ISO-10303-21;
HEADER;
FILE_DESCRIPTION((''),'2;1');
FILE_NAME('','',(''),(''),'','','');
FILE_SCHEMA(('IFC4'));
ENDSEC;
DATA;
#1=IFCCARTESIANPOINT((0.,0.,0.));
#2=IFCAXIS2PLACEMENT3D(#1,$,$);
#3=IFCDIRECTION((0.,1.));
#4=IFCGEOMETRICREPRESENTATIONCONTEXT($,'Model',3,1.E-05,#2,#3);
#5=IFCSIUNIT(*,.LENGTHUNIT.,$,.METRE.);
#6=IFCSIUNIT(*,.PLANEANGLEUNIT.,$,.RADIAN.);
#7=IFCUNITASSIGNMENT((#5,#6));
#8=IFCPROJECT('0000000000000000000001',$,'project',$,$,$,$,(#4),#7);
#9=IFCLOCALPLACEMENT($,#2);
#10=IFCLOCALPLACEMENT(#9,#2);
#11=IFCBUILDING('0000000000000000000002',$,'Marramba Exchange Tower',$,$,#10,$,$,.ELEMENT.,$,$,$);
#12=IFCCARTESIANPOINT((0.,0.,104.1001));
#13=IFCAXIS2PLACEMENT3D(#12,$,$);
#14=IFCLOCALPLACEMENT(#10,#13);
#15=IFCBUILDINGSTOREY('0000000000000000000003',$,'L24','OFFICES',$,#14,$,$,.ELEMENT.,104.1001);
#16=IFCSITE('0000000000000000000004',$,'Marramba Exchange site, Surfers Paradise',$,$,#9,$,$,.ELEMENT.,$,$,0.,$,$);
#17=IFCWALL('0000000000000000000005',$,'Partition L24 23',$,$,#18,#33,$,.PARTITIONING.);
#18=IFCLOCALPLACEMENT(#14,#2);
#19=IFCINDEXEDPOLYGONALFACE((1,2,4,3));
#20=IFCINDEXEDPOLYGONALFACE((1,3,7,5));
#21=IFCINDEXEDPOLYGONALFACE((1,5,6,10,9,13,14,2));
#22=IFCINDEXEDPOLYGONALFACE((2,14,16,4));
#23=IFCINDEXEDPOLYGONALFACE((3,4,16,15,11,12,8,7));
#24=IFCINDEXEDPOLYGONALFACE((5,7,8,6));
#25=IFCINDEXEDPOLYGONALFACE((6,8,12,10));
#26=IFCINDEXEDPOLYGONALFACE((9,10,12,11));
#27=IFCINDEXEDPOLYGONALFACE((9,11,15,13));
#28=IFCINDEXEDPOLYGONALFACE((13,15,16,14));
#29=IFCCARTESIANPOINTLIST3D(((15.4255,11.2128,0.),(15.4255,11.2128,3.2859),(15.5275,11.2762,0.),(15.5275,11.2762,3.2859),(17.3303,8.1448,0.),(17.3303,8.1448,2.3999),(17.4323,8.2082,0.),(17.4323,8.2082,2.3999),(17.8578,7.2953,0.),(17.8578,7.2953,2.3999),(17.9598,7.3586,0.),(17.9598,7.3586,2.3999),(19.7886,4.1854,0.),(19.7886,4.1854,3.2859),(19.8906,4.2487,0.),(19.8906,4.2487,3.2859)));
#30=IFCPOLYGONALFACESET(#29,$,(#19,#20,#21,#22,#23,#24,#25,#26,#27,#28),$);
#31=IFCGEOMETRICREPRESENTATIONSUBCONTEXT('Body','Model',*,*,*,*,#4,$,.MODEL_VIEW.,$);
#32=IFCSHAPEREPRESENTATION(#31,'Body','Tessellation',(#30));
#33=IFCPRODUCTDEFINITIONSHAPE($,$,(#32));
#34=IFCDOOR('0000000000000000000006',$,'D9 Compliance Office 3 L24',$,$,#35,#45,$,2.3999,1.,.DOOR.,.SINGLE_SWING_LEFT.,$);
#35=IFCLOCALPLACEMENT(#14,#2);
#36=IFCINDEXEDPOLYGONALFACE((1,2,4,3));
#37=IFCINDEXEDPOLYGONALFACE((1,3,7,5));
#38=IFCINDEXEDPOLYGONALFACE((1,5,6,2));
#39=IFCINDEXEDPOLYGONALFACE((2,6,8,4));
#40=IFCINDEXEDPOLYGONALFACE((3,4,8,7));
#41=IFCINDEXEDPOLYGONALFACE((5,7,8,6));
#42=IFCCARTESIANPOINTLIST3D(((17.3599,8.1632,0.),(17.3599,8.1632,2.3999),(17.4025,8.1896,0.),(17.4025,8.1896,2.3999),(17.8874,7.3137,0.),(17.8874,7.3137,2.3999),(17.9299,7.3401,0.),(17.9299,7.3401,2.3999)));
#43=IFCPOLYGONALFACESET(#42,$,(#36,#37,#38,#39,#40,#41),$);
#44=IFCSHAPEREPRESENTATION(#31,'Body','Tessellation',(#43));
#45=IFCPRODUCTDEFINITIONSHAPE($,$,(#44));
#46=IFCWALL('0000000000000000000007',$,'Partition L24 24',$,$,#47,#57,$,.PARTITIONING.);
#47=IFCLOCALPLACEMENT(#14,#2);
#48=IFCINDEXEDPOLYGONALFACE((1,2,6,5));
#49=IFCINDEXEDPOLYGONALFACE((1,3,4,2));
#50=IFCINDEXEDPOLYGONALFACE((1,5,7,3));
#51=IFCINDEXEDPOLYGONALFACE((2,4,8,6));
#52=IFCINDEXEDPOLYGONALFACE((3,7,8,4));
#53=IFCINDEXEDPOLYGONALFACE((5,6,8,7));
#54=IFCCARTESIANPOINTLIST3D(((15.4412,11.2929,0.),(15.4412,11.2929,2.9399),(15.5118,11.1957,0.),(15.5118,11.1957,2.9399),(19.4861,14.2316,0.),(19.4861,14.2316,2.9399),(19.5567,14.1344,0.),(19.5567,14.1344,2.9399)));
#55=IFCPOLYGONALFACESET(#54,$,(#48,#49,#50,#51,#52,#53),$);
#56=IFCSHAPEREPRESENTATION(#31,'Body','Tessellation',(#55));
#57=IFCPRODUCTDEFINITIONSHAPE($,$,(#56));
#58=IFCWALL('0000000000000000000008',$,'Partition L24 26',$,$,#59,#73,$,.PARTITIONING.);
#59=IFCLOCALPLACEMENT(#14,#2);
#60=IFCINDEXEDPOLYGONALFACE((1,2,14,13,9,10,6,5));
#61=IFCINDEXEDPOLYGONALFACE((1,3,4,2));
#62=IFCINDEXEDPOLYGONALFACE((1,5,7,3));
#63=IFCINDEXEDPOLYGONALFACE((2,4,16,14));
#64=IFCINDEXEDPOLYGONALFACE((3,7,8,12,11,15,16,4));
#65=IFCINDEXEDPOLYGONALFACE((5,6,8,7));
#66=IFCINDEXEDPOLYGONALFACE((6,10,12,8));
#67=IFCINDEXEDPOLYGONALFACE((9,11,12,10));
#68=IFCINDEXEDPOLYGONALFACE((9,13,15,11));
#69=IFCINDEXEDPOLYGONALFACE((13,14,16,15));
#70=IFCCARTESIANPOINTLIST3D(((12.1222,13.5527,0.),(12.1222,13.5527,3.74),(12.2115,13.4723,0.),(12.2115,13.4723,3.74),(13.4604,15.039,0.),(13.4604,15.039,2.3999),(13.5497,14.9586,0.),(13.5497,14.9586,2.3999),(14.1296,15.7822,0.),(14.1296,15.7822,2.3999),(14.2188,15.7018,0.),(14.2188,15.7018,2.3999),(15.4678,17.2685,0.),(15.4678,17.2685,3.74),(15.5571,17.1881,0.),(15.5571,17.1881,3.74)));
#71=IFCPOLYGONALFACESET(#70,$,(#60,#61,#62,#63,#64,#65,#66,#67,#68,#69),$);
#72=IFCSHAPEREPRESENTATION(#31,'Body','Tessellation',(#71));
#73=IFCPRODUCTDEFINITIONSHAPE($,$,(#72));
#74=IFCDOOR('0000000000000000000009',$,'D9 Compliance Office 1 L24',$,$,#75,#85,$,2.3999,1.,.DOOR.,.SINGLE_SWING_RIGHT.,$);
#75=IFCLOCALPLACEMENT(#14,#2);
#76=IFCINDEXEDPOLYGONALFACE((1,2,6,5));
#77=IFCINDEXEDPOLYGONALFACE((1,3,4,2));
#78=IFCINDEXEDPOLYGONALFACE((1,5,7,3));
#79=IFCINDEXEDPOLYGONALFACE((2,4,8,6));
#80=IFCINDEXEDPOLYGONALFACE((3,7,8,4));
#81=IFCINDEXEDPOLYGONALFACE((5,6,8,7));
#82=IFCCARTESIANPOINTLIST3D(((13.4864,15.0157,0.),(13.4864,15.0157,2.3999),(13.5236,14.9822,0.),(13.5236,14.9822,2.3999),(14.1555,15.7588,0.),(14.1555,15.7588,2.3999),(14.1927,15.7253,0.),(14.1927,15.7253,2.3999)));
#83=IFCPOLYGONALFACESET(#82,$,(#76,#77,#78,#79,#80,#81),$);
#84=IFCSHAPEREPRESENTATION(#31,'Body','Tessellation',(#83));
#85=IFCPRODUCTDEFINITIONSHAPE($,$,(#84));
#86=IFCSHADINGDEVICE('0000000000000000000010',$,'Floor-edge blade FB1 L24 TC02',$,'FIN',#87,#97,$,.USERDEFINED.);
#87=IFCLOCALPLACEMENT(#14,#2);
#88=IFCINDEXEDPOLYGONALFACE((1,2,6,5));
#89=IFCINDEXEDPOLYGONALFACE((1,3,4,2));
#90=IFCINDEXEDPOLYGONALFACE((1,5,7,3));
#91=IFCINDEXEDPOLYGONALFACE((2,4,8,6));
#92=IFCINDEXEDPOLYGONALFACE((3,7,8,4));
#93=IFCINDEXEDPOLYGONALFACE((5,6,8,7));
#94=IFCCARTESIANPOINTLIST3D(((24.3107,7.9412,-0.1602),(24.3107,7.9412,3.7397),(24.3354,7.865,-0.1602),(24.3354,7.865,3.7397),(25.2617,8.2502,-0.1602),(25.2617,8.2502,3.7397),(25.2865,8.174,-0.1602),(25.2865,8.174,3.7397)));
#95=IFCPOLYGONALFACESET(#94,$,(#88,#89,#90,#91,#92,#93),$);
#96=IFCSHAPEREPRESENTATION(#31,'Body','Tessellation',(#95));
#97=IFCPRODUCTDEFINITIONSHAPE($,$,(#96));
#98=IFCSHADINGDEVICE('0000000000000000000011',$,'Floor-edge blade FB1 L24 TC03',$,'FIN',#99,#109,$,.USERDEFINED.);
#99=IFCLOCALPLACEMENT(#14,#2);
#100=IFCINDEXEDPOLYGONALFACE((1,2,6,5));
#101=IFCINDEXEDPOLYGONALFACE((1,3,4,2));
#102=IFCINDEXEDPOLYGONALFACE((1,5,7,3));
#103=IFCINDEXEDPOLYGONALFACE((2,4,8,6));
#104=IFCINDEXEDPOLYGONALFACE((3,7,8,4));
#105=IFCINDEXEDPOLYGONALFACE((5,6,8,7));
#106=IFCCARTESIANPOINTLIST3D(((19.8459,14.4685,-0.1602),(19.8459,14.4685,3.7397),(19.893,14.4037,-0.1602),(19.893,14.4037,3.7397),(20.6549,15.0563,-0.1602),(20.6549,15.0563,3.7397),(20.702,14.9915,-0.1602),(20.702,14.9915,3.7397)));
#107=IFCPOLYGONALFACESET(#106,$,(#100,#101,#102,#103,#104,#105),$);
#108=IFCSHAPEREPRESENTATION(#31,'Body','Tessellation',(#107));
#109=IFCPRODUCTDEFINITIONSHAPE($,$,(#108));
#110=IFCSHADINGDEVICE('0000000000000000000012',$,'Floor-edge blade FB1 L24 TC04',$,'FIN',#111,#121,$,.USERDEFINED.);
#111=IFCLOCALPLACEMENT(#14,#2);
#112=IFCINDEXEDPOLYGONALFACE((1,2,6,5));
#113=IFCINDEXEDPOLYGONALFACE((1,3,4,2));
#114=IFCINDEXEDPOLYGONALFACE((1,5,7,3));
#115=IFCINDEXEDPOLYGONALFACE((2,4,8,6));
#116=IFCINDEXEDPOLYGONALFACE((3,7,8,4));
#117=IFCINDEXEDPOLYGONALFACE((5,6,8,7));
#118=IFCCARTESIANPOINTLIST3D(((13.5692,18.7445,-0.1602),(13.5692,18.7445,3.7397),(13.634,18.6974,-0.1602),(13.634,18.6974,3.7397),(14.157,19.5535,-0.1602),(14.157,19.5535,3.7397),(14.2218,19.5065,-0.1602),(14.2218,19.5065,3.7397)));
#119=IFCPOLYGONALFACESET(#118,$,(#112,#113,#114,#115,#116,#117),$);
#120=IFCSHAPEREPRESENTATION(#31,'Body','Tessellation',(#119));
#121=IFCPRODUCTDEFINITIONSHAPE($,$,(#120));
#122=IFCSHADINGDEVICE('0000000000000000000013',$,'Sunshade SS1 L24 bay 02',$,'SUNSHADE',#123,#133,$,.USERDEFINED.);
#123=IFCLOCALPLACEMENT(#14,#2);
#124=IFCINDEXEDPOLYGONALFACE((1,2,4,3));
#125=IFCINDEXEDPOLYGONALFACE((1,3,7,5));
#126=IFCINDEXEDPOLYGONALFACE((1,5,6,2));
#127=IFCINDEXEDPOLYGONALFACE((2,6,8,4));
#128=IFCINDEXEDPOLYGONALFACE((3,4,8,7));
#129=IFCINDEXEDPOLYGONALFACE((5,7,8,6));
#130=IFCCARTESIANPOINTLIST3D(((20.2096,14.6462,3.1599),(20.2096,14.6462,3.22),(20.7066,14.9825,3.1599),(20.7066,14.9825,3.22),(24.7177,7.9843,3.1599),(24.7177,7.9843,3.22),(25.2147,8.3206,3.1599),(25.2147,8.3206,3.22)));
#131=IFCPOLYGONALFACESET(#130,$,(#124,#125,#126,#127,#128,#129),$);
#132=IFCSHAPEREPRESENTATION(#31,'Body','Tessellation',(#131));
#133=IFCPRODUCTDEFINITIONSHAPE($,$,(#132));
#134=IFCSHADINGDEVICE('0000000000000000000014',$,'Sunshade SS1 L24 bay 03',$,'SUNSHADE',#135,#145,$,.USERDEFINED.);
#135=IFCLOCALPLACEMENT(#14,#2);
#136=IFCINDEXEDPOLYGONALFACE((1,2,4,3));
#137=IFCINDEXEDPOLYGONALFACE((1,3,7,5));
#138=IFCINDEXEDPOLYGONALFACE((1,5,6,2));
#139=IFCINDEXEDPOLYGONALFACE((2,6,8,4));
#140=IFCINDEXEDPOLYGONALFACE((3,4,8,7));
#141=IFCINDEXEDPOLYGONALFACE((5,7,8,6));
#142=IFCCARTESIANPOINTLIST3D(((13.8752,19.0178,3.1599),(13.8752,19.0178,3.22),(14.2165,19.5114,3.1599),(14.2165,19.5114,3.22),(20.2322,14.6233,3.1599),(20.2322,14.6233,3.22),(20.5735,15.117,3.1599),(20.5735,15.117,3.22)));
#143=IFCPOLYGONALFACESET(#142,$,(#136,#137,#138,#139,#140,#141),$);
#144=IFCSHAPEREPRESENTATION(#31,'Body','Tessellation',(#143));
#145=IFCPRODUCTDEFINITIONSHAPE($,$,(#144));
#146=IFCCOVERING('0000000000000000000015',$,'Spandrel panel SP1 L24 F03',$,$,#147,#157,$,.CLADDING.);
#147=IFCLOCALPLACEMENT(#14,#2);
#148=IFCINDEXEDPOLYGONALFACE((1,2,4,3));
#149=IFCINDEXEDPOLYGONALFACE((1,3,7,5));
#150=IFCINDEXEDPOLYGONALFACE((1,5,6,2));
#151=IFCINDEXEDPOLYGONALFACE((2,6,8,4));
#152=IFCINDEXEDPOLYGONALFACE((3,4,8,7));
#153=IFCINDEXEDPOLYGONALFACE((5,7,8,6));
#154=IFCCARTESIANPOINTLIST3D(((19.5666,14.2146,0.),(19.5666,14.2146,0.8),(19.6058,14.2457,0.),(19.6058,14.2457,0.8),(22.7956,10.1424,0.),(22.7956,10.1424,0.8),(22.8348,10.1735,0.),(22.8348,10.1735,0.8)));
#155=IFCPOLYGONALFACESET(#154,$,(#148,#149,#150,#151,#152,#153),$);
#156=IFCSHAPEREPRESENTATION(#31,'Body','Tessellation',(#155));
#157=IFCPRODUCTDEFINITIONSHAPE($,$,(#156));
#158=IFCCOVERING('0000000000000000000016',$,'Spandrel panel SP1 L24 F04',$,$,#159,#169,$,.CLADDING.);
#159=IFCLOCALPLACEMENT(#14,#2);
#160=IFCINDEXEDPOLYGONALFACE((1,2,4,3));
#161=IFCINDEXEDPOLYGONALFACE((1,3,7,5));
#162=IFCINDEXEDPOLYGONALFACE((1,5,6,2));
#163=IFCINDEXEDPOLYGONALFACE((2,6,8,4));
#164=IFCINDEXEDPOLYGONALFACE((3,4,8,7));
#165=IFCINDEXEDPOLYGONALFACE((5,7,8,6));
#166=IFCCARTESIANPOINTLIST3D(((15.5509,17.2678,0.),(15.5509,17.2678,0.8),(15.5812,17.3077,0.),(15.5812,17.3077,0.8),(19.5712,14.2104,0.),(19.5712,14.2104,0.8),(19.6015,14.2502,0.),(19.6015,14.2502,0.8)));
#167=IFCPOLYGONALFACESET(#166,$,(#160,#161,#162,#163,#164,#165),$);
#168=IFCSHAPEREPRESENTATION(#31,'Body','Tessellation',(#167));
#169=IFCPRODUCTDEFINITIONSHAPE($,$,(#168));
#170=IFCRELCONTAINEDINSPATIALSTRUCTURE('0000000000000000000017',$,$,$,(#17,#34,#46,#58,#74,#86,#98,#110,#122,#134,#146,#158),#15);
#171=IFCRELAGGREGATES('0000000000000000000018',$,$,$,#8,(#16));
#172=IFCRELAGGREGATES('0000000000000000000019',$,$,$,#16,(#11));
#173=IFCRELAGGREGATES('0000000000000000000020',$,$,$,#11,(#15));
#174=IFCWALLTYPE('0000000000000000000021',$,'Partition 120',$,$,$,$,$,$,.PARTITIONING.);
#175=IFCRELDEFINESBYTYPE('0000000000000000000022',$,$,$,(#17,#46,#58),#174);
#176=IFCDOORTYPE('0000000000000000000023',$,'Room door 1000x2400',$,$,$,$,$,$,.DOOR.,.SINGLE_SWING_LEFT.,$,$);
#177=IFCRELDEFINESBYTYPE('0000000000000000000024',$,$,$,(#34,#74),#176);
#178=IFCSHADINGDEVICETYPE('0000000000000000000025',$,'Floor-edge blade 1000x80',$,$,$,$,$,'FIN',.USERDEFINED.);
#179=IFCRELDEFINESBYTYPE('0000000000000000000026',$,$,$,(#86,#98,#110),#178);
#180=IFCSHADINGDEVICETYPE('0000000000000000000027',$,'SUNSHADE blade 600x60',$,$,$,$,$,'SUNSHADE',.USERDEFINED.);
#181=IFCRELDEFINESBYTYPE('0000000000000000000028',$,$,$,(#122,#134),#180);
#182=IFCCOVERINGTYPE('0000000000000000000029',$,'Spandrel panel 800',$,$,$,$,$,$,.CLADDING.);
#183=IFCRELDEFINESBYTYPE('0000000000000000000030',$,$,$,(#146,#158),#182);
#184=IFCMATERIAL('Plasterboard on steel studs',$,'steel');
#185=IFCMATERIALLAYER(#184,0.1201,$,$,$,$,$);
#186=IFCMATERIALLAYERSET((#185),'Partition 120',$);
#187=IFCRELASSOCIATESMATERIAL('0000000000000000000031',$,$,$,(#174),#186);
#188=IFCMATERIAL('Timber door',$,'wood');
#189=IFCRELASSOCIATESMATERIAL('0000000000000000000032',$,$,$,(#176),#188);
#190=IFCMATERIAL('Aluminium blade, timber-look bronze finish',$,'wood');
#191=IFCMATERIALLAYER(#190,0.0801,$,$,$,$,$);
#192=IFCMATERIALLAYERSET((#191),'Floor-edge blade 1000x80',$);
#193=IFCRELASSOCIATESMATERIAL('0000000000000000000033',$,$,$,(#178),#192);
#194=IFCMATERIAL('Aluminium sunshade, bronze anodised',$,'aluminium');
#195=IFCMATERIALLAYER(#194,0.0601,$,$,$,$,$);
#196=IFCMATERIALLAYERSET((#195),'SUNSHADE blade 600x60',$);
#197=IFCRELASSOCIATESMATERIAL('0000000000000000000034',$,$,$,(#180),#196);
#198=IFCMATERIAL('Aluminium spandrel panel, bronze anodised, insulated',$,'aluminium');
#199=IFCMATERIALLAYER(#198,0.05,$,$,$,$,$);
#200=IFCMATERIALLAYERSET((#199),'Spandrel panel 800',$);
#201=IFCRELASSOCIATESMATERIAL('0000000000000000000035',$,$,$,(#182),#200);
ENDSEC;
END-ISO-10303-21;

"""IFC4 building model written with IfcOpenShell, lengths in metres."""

from ifc_helpers import new_model, si_unit, direction, frame, frame_2d, origin, origin_2d, place, context, subcontext, project, spatial, rectangle, extrude, material, layer, layer_set, type_object, element, fill, save


model = new_model("IFC4")

# Units and contexts
model_context = context("Model", 3, precision=1e-05, world=origin(), true_north=direction((0.0, 1.0)))
body_context = subcontext(model_context, "Body", "Model", "MODEL_VIEW")
ifc_project = project(units=[si_unit("LENGTHUNIT", "METRE"), si_unit("PLANEANGLEUNIT", "RADIAN")], contexts=[model_context])

# Site, building, storey
site_placement = place(None, origin())
site = spatial("IfcSite", under=ifc_project, at=site_placement, Name="Marramba Exchange site, Surfers Paradise", CompositionType="ELEMENT", RefElevation=0.0)
building_placement = place(site_placement, origin())
building = spatial("IfcBuilding", under=site, at=building_placement, Name="Marramba Exchange Tower", CompositionType="ELEMENT")
storey_placement = place(building_placement, frame((0.0, 0.0, 104.1001)))
storey = spatial("IfcBuildingStorey", under=building, at=storey_placement, Name="L24", Description="OFFICES", CompositionType="ELEMENT", Elevation=104.1001)

# Wall, opening, door
ifc_material_1 = material(Name="Plasterboard on steel studs", Category="steel")
ifc_layer_1 = layer(ifc_material_1, 0.1201)
ifc_layer_set_1 = layer_set([ifc_layer_1], Name="Partition 120")
wall_type = type_object("IfcWallType", Name="Partition 120", PredefinedType="PARTITIONING", material=ifc_layer_set_1)
wall_1_placement = place(storey_placement, frame((15.4766, 11.2444, 0.0), z_axis=(0.0, 0.0, 1.0), x_axis=(0.527471, -0.849573, 0.0)))
wall_1 = element("IfcWall", 1, at=wall_1_placement, inside=storey, type_object=wall_type, Name="Partition L24 23", PredefinedType="PARTITIONING", context=body_context, shape_type="SweptSolid", body=[
    extrude(rectangle(XDim=8.2717, YDim=0.1201, at=frame_2d((4.1357, 0.0))), origin(), (0.0, 0.0, 1.0), 3.2859),
])
opening_1_placement = place(wall_1_placement, frame((3.6111, 0.0, 0.0)))
opening_1 = element("IfcOpeningElement", 2, at=opening_1_placement, cuts=wall_1, PredefinedType="OPENING", context=body_context, shape_type="SweptSolid", body=[
    extrude(rectangle(XDim=1.0, YDim=2.3999, at=frame_2d((0.5, 1.2))), frame((0.0, 0.0701, 0.0), z_axis=(0.0, -1.0, 0.0), x_axis=(1.0, 0.0, 0.0)), (0.0, 0.0, 1.0), 0.1401),
])
ifc_material_2 = material(Name="Timber door", Category="wood")
door_type = type_object("IfcDoorType", Name="Room door 1000x2400", OperationType="SINGLE_SWING_LEFT", PredefinedType="DOOR", material=ifc_material_2)
door_1_placement = place(opening_1_placement, origin())
door_1 = element("IfcDoor", 3, at=door_1_placement, inside=storey, type_object=door_type, Name="D9 Compliance Office 3 L24", OperationType="SINGLE_SWING_LEFT", OverallHeight=2.3999, OverallWidth=1.0, PredefinedType="DOOR", context=body_context, shape_type="SweptSolid", body=[
    extrude(rectangle(XDim=1.0, YDim=2.3999, at=frame_2d((0.5, 1.2))), frame((0.0, 0.0249, 0.0), z_axis=(0.0, -1.0, 0.0), x_axis=(1.0, 0.0, 0.0)), (0.0, 0.0, 1.0), 0.05),
])
fill(opening_1, door_1)

# Wall
wall_2_placement = place(storey_placement, frame((19.5215, 14.1831, 0.0), z_axis=(0.0, 0.0, 1.0), x_axis=(-0.809025, -0.587774, 0.0)))
element("IfcWall", 4, at=wall_2_placement, inside=storey, type_object=wall_type, Name="Partition L24 24", PredefinedType="PARTITIONING", context=body_context, shape_type="SweptSolid", body=[
    extrude(rectangle(XDim=4.9998, YDim=0.1201, at=frame_2d((2.5, 0.0))), origin(), (0.0, 0.0, 1.0), 2.9399),
])

# Wall, opening, door
wall_3_placement = place(storey_placement, frame((15.5125, 17.2283, 0.0), z_axis=(0.0, 0.0, 1.0), x_axis=(-0.669127, -0.743148, 0.0)))
wall_3 = element("IfcWall", 5, at=wall_3_placement, inside=storey, type_object=wall_type, Name="Partition L24 26", PredefinedType="PARTITIONING", context=body_context, shape_type="SweptSolid", body=[
    extrude(rectangle(XDim=5.0, YDim=0.1201, at=frame_2d((2.5, 0.0))), origin(), (0.0, 0.0, 1.0), 3.74),
])
opening_2_placement = place(wall_3_placement, frame((2.0, 0.0, 0.0)))
opening_2 = element("IfcOpeningElement", 6, at=opening_2_placement, cuts=wall_3, PredefinedType="OPENING", context=body_context, shape_type="SweptSolid", body=[
    extrude(rectangle(XDim=1.0, YDim=2.3999, at=frame_2d((0.5, 1.2))), frame((0.0, 0.0701, 0.0), z_axis=(0.0, -1.0, 0.0), x_axis=(1.0, 0.0, 0.0)), (0.0, 0.0, 1.0), 0.1401),
])
door_2_placement = place(opening_2_placement, origin())
door_2 = element("IfcDoor", 7, at=door_2_placement, inside=storey, type_object=door_type, Name="D9 Compliance Office 1 L24", OperationType="SINGLE_SWING_RIGHT", OverallHeight=2.3999, OverallWidth=1.0, PredefinedType="DOOR", context=body_context, shape_type="SweptSolid", body=[
    extrude(rectangle(XDim=1.0, YDim=2.3999, at=frame_2d((0.5, 1.2))), frame((0.0, 0.0249, 0.0), z_axis=(0.0, -1.0, 0.0), x_axis=(1.0, 0.0, 0.0)), (0.0, 0.0, 1.0), 0.05),
])
fill(opening_2, door_2)

# Shading devices
ifc_material_3 = material(Name="Aluminium blade, timber-look bronze finish", Category="wood")
ifc_layer_2 = layer(ifc_material_3, 0.0801)
ifc_layer_set_2 = layer_set([ifc_layer_2], Name="Floor-edge blade 1000x80")
shading_device_type_1 = type_object("IfcShadingDeviceType", Name="Floor-edge blade 1000x80", ElementType="FIN", PredefinedType="USERDEFINED", material=ifc_layer_set_2)
for number, where, z_axis, x_axis, name in (
    (8, (24.7986, 8.0576, -0.1602), (0.0, 0.0, 1.0), (0.951057, 0.309017, 0.0), "Floor-edge blade FB1 L24 TC02"),
    (9, (20.2739, 14.73, -0.1602), (0.0, 0.0, 1.0), (0.809017, 0.587785, 0.0), "Floor-edge blade FB1 L24 TC03"),
    (10, (13.8955, 19.1255, -0.1602), (0.0, 0.0, 1.0), (0.587785, 0.809017, 0.0), "Floor-edge blade FB1 L24 TC04"),
):
    element("IfcShadingDevice", number, at=place(storey_placement, frame(where, z_axis=z_axis, x_axis=x_axis)), inside=storey, type_object=shading_device_type_1, Name=name, ObjectType="FIN", PredefinedType="USERDEFINED", context=body_context, shape_type="SweptSolid", body=[
        extrude(rectangle(XDim=1.0, YDim=0.0801, at=origin_2d()), origin(), (0.0, 0.0, 1.0), 3.8999),
    ])
ifc_material_4 = material(Name="Aluminium sunshade, bronze anodised", Category="aluminium")
ifc_layer_3 = layer(ifc_material_4, 0.0601)
ifc_layer_set_3 = layer_set([ifc_layer_3], Name="SUNSHADE blade 600x60")
shading_device_type_2 = type_object("IfcShadingDeviceType", Name="SUNSHADE blade 600x60", ElementType="SUNSHADE", PredefinedType="USERDEFINED", material=ifc_layer_set_3)
shading_device_1_placement = place(storey_placement, frame((22.7122, 11.4834, 3.1599), z_axis=(0.0, 0.0, 1.0), x_axis=(-0.560442, 0.828194, 0.0)))
element("IfcShadingDevice", 11, at=shading_device_1_placement, inside=storey, type_object=shading_device_type_2, Name="Sunshade SS1 L24 bay 02", ObjectType="SUNSHADE", PredefinedType="USERDEFINED", context=body_context, shape_type="SweptSolid", body=[
    extrude(rectangle(XDim=8.0439, YDim=0.6001, at=origin_2d()), origin(), (0.0, 0.0, 1.0), 0.0601),
])
shading_device_2_placement = place(storey_placement, frame((17.2244, 17.0674, 3.1599), z_axis=(0.0, 0.0, 1.0), x_axis=(-0.82259, 0.568636, 0.0)))
element("IfcShadingDevice", 12, at=shading_device_2_placement, inside=storey, type_object=shading_device_type_2, Name="Sunshade SS1 L24 bay 03", ObjectType="SUNSHADE", PredefinedType="USERDEFINED", context=body_context, shape_type="SweptSolid", body=[
    extrude(rectangle(XDim=7.728, YDim=0.6001, at=origin_2d()), origin(), (0.0, 0.0, 1.0), 0.0601),
])

# Coverings
ifc_material_5 = material(Name="Aluminium spandrel panel, bronze anodised, insulated", Category="aluminium")
ifc_layer_4 = layer(ifc_material_5, 0.05)
ifc_layer_set_4 = layer_set([ifc_layer_4], Name="Spandrel panel 800")
covering_type = type_object("IfcCoveringType", Name="Spandrel panel 800", PredefinedType="CLADDING", material=ifc_layer_set_4)
covering_1_placement = place(storey_placement, frame((21.2007, 12.1941, 0.0), z_axis=(0.0, 0.0, 1.0), x_axis=(-0.621312, 0.783563, 0.0)))
element("IfcCovering", 13, at=covering_1_placement, inside=storey, type_object=covering_type, Name="Spandrel panel SP1 L24 F03", PredefinedType="CLADDING", context=body_context, shape_type="SweptSolid", body=[
    extrude(rectangle(XDim=5.197, YDim=0.05, at=origin_2d()), origin(), (0.0, 0.0, 1.0), 0.8),
])
covering_2_placement = place(storey_placement, frame((17.5762, 15.759, 0.0), z_axis=(0.0, 0.0, 1.0), x_axis=(-0.795972, 0.605334, 0.0)))
element("IfcCovering", 14, at=covering_2_placement, inside=storey, type_object=covering_type, Name="Spandrel panel SP1 L24 F04", PredefinedType="CLADDING", context=body_context, shape_type="SweptSolid", body=[
    extrude(rectangle(XDim=5.0508, YDim=0.05, at=origin_2d()), origin(), (0.0, 0.0, 1.0), 0.8),
])

save(model, "model.ifc")
